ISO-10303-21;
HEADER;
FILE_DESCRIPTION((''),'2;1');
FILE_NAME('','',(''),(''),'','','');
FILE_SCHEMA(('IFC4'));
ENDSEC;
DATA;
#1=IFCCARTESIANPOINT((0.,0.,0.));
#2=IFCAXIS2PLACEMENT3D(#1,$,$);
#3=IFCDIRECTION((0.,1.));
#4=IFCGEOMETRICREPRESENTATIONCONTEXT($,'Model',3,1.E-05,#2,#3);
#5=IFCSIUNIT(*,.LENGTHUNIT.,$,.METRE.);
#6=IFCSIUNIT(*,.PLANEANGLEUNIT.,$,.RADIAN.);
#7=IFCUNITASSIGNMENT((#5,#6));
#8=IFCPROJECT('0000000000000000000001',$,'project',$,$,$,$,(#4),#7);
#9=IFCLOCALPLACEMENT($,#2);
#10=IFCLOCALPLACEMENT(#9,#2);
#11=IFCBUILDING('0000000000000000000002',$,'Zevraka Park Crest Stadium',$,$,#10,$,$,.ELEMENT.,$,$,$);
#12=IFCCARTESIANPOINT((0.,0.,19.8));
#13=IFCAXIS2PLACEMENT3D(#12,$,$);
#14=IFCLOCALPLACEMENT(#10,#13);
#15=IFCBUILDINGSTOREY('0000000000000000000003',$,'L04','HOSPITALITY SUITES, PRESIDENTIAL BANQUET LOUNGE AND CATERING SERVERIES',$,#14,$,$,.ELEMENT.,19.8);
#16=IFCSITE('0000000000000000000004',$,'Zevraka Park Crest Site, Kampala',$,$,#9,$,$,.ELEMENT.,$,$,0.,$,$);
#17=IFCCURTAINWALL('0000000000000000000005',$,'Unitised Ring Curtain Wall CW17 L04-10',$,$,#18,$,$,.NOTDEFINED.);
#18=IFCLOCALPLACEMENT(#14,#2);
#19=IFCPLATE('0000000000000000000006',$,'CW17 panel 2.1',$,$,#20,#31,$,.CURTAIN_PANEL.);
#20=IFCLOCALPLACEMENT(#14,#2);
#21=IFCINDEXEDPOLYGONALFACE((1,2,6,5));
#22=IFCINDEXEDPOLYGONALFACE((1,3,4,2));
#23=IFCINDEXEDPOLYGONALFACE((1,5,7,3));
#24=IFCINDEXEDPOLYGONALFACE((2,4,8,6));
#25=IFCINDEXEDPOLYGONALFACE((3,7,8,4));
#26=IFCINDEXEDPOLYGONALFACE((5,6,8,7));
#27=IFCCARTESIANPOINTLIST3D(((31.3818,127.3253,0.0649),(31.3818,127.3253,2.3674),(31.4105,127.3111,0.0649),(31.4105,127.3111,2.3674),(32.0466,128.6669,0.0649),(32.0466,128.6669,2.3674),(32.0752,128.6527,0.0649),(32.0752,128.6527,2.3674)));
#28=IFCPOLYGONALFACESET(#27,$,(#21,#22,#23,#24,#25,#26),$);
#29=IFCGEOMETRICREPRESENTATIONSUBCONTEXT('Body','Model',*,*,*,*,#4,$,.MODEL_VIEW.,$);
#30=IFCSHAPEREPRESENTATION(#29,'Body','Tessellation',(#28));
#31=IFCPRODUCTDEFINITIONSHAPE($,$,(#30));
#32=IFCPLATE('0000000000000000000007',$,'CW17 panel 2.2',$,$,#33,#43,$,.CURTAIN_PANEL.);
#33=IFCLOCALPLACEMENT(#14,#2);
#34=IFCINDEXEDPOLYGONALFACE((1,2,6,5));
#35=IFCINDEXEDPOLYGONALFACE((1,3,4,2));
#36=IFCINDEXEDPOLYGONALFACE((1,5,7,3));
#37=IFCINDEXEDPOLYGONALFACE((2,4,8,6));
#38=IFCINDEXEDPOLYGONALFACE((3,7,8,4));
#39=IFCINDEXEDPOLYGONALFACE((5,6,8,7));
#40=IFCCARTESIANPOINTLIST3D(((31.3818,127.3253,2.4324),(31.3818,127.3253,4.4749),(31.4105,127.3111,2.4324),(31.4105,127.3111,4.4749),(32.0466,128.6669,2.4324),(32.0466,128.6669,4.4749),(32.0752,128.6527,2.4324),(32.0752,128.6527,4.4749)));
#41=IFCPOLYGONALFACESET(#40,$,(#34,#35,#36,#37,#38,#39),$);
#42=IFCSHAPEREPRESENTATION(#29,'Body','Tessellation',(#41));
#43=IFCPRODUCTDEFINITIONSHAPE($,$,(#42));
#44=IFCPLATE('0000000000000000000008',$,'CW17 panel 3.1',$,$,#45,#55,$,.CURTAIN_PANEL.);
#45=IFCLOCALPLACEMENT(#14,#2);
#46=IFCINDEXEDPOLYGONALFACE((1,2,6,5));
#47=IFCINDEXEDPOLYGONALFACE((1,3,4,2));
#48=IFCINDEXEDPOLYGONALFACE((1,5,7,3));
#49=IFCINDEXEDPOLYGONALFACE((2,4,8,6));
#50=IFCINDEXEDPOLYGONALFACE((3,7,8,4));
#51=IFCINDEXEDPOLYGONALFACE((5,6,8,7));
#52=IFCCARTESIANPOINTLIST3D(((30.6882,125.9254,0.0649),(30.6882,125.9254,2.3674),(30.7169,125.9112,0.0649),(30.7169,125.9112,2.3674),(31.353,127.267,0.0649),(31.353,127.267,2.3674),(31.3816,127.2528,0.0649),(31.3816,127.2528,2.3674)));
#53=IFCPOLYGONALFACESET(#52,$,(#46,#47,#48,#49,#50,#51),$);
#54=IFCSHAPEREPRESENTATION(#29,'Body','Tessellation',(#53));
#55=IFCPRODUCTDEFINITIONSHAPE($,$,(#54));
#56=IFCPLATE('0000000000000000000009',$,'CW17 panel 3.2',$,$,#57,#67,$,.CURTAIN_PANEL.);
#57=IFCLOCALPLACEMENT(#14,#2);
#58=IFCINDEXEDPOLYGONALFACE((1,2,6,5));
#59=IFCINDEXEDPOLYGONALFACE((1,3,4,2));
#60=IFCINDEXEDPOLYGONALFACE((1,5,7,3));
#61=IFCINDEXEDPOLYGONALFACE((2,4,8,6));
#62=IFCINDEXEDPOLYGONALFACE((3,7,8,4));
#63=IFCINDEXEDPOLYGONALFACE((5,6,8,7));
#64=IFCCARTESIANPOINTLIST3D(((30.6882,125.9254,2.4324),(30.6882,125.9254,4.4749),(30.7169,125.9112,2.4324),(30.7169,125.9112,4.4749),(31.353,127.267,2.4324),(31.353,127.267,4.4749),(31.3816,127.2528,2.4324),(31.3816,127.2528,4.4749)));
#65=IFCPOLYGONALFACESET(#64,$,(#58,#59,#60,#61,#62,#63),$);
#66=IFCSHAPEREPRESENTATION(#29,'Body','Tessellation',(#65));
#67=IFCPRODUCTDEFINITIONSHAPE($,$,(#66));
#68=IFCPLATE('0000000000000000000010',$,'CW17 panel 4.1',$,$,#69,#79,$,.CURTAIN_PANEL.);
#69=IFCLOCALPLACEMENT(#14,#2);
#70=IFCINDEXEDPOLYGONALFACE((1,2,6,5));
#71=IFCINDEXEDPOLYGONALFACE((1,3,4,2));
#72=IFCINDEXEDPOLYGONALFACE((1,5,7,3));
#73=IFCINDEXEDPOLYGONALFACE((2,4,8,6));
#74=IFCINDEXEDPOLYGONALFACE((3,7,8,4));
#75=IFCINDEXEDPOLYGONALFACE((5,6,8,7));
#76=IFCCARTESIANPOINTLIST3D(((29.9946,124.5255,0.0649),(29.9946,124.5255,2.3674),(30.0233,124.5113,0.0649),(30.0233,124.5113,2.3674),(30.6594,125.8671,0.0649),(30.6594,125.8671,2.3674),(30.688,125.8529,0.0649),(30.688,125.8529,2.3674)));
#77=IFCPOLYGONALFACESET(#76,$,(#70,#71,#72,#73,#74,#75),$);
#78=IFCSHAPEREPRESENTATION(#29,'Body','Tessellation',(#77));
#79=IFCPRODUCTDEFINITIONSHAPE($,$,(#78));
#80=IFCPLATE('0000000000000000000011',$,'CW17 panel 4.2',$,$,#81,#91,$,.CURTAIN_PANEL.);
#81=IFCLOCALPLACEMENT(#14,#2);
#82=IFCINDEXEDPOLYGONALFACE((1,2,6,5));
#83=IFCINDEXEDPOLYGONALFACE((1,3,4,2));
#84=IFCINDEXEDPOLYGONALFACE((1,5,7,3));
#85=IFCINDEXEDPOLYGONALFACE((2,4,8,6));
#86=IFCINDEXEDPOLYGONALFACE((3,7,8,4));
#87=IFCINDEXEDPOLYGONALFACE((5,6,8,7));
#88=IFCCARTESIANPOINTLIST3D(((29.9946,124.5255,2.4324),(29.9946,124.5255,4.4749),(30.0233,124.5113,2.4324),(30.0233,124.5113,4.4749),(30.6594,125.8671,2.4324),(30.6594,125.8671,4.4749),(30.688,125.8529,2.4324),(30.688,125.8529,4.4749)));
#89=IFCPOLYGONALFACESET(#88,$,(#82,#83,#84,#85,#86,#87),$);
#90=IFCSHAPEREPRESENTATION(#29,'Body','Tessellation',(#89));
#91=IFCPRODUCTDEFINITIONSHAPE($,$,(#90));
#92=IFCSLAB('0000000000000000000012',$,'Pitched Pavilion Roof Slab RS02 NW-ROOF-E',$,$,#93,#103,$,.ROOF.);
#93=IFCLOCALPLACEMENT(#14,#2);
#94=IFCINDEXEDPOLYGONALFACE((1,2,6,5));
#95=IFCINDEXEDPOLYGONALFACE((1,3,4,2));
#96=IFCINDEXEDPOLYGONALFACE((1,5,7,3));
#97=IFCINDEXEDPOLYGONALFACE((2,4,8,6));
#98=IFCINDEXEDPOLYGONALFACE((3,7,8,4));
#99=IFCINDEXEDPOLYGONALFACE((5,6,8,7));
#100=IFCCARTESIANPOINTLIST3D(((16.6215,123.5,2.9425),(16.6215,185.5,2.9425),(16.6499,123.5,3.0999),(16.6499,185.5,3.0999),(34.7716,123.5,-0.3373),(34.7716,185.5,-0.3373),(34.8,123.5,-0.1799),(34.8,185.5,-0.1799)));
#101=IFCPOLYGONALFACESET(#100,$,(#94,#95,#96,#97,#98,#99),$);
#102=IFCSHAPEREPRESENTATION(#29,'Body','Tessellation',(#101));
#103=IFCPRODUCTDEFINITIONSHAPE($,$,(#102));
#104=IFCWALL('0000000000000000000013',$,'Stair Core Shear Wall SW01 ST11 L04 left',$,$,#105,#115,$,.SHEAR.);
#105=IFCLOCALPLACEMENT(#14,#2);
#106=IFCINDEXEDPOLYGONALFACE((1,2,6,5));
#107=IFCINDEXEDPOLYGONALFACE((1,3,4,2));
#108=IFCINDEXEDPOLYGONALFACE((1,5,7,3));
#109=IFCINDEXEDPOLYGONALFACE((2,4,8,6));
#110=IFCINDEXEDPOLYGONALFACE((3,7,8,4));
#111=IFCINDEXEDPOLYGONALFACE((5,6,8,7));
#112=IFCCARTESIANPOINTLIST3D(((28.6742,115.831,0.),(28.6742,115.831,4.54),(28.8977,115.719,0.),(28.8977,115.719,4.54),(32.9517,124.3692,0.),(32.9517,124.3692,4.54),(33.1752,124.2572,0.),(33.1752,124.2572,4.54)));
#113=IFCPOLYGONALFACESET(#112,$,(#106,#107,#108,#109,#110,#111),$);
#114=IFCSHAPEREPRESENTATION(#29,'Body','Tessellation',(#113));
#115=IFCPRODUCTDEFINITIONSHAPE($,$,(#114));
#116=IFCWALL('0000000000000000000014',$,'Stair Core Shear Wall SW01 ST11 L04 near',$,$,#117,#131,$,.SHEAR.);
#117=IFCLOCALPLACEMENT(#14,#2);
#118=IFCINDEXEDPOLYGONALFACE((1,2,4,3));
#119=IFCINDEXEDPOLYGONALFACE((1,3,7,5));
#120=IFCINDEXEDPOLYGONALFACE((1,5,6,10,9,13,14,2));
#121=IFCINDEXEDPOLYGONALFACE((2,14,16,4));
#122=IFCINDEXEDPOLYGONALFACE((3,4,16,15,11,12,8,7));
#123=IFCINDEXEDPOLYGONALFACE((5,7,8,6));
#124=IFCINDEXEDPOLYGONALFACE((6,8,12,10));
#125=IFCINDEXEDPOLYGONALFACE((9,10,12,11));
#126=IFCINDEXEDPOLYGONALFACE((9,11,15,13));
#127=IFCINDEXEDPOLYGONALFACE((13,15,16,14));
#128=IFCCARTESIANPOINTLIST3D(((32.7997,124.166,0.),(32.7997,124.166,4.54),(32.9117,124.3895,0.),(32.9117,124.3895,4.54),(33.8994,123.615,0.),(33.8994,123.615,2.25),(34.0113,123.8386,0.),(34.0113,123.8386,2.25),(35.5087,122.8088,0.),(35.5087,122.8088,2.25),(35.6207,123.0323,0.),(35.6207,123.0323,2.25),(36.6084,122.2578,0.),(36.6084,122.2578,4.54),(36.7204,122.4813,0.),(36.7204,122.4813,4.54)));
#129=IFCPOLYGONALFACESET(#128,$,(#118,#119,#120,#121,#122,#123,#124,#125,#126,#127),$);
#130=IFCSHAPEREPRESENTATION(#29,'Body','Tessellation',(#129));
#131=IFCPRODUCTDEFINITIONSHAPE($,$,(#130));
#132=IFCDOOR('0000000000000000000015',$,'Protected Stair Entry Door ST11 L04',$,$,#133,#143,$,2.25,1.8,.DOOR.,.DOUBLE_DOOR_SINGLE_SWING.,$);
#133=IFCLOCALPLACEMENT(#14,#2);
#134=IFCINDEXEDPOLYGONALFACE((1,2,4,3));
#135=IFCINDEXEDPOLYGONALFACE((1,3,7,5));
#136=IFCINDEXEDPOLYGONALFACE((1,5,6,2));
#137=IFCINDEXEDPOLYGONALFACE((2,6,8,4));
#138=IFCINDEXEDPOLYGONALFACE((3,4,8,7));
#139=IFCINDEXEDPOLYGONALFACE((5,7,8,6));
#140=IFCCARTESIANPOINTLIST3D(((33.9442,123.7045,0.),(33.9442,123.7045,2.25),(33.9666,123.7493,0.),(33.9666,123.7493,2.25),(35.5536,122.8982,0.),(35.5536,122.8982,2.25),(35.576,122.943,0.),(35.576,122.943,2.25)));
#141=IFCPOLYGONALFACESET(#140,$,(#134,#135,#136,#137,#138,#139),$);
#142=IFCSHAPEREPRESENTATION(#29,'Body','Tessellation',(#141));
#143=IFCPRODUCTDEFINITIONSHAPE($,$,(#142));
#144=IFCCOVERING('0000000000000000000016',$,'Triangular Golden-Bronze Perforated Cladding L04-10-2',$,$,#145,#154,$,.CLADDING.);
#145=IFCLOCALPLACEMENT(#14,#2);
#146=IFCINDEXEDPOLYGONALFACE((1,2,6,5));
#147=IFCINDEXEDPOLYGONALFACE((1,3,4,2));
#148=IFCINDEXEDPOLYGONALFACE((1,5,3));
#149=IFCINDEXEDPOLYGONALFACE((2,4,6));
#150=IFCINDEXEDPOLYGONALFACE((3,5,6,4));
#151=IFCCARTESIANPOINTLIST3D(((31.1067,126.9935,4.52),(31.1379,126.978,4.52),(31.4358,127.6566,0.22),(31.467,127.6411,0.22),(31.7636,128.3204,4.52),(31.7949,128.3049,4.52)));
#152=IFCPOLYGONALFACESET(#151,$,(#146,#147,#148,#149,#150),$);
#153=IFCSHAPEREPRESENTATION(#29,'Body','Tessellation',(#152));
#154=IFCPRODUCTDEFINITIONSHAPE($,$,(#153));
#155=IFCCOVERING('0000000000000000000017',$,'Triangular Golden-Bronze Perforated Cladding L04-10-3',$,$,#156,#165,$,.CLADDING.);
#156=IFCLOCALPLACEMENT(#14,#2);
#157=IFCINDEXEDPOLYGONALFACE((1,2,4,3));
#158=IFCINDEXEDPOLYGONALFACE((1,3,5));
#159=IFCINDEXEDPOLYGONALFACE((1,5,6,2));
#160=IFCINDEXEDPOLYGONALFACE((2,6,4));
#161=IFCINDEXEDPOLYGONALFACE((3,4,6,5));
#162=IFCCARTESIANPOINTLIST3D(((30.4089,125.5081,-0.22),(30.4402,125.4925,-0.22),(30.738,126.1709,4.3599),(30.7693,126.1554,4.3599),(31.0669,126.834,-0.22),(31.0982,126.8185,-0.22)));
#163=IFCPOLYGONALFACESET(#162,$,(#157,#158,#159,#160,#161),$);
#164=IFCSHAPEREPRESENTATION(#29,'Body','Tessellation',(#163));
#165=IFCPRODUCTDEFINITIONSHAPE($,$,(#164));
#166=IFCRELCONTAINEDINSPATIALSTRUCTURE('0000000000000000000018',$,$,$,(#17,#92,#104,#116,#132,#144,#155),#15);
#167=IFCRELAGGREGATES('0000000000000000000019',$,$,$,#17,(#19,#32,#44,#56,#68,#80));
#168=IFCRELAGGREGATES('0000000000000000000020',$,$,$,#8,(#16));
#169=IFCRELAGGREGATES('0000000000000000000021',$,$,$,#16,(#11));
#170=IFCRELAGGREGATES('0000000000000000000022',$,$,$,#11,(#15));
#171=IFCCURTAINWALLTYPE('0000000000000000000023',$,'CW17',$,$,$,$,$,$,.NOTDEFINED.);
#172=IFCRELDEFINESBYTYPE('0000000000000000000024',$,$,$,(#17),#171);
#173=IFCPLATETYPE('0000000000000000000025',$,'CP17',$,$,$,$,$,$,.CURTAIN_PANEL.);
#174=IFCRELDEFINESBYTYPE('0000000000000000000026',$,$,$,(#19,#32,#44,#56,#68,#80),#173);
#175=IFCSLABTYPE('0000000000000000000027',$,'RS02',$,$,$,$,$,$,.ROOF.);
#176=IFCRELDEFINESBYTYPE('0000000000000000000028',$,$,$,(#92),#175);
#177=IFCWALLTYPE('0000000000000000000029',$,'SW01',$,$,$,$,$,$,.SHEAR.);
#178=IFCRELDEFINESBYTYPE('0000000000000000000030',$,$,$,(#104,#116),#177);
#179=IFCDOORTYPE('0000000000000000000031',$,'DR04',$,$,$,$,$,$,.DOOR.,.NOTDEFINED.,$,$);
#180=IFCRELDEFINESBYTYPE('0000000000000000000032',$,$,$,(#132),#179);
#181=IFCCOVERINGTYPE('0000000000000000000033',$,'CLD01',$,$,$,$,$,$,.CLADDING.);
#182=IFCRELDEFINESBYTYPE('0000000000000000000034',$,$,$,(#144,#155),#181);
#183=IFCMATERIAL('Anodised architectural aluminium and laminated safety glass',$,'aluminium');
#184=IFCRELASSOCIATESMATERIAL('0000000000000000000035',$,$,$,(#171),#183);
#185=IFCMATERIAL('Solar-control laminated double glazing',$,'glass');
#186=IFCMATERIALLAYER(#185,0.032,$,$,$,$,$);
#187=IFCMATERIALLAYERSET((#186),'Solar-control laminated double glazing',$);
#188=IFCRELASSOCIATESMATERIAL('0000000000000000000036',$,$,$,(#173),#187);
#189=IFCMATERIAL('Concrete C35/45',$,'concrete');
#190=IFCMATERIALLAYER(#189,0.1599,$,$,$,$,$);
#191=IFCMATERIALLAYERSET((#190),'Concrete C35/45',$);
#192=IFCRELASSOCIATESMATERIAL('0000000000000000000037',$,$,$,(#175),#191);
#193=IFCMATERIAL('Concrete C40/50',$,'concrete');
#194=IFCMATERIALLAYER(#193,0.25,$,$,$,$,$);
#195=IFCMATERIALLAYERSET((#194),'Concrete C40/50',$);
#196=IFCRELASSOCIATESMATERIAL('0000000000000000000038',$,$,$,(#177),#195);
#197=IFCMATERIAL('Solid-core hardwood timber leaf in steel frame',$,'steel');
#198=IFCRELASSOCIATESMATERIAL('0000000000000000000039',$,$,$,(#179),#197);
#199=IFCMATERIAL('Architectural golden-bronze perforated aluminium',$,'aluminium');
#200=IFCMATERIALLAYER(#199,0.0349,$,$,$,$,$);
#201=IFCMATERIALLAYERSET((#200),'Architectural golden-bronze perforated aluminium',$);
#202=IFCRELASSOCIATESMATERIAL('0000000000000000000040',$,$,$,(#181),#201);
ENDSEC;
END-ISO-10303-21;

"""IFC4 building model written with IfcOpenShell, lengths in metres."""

from ifc_helpers import new_model, si_unit, direction, frame, frame_2d, origin, origin_2d, place, context, subcontext, project, spatial, polyline, rectangle, outline, extrude, material, layer, layer_set, type_object, element, fill, aggregate, save


model = new_model("IFC4")

# Units and contexts
model_context = context("Model", 3, precision=1e-05, world=origin(), true_north=direction((0.0, 1.0)))
body_context = subcontext(model_context, "Body", "Model", "MODEL_VIEW")
ifc_project = project(units=[si_unit("LENGTHUNIT", "METRE"), si_unit("PLANEANGLEUNIT", "RADIAN")], contexts=[model_context])

# Site, building, storey
site_placement = place(None, origin())
site = spatial("IfcSite", under=ifc_project, at=site_placement, Name="Zevraka Park Crest Site, Kampala", CompositionType="ELEMENT", RefElevation=0.0)
building_placement = place(site_placement, origin())
building = spatial("IfcBuilding", under=site, at=building_placement, Name="Zevraka Park Crest Stadium", CompositionType="ELEMENT")
storey_placement = place(building_placement, frame((0.0, 0.0, 19.8)))
storey = spatial("IfcBuildingStorey", under=building, at=storey_placement, Name="L04", Description="HOSPITALITY SUITES, PRESIDENTIAL BANQUET LOUNGE AND CATERING SERVERIES", CompositionType="ELEMENT", Elevation=19.8)

# Curtain wall
ifc_material_1 = material(Name="Anodised architectural aluminium and laminated safety glass", Category="aluminium")
curtain_wall_type = type_object("IfcCurtainWallType", Name="CW17", PredefinedType="NOTDEFINED", material=ifc_material_1)
curtain_wall_placement = place(storey_placement, origin())
curtain_wall = element("IfcCurtainWall", 1, at=curtain_wall_placement, inside=storey, type_object=curtain_wall_type, Name="Unitised Ring Curtain Wall CW17 L04-10", PredefinedType="NOTDEFINED")

# Plates
ifc_material_2 = material(Name="Solar-control laminated double glazing", Category="glass")
ifc_layer_1 = layer(ifc_material_2, 0.032)
ifc_layer_set_1 = layer_set([ifc_layer_1], Name="Solar-control laminated double glazing")
plate_type = type_object("IfcPlateType", Name="CP17", PredefinedType="CURTAIN_PANEL", material=ifc_layer_set_1)
plate_1_placement = place(storey_placement, frame((31.7285, 127.989, 0.0649), z_axis=(0.0, 0.0, 1.0), x_axis=(-0.443961, -0.896046, 0.0)))
plate_1 = element("IfcPlate", 2, at=plate_1_placement, type_object=plate_type, Name="CW17 panel 2.1", PredefinedType="CURTAIN_PANEL", context=body_context, shape_type="SweptSolid", body=[
    extrude(rectangle(XDim=1.4973, YDim=0.032, at=origin_2d()), origin(), (0.0, 0.0, 1.0), 2.3025),
])
plate_2_placement = place(storey_placement, frame((31.7285, 127.989, 2.4324), z_axis=(0.0, 0.0, 1.0), x_axis=(-0.443961, -0.896046, 0.0)))
plate_2 = element("IfcPlate", 3, at=plate_2_placement, type_object=plate_type, Name="CW17 panel 2.2", PredefinedType="CURTAIN_PANEL", context=body_context, shape_type="SweptSolid", body=[
    extrude(rectangle(XDim=1.4973, YDim=0.032, at=origin_2d()), origin(), (0.0, 0.0, 1.0), 2.0425),
])
plate_3_placement = place(storey_placement, frame((31.0349, 126.5891, 0.0649), z_axis=(0.0, 0.0, 1.0), x_axis=(-0.443961, -0.896046, 0.0)))
plate_3 = element("IfcPlate", 4, at=plate_3_placement, type_object=plate_type, Name="CW17 panel 3.1", PredefinedType="CURTAIN_PANEL", context=body_context, shape_type="SweptSolid", body=[
    extrude(rectangle(XDim=1.4973, YDim=0.032, at=origin_2d()), origin(), (0.0, 0.0, 1.0), 2.3025),
])
plate_4_placement = place(storey_placement, frame((31.0349, 126.5891, 2.4324), z_axis=(0.0, 0.0, 1.0), x_axis=(-0.443961, -0.896046, 0.0)))
plate_4 = element("IfcPlate", 5, at=plate_4_placement, type_object=plate_type, Name="CW17 panel 3.2", PredefinedType="CURTAIN_PANEL", context=body_context, shape_type="SweptSolid", body=[
    extrude(rectangle(XDim=1.4973, YDim=0.032, at=origin_2d()), origin(), (0.0, 0.0, 1.0), 2.0425),
])
plate_5_placement = place(storey_placement, frame((30.3413, 125.1892, 0.0649), z_axis=(0.0, 0.0, 1.0), x_axis=(-0.443961, -0.896046, 0.0)))
plate_5 = element("IfcPlate", 6, at=plate_5_placement, type_object=plate_type, Name="CW17 panel 4.1", PredefinedType="CURTAIN_PANEL", context=body_context, shape_type="SweptSolid", body=[
    extrude(rectangle(XDim=1.4973, YDim=0.032, at=origin_2d()), origin(), (0.0, 0.0, 1.0), 2.3025),
])
plate_6_placement = place(storey_placement, frame((30.3413, 125.1892, 2.4324), z_axis=(0.0, 0.0, 1.0), x_axis=(-0.443961, -0.896046, 0.0)))
plate_6 = element("IfcPlate", 7, at=plate_6_placement, type_object=plate_type, Name="CW17 panel 4.2", PredefinedType="CURTAIN_PANEL", context=body_context, shape_type="SweptSolid", body=[
    extrude(rectangle(XDim=1.4973, YDim=0.032, at=origin_2d()), origin(), (0.0, 0.0, 1.0), 2.0425),
])
aggregate(curtain_wall, [plate_1, plate_2, plate_3, plate_4, plate_5, plate_6])

# Slab
ifc_material_3 = material(Name="Concrete C35/45", Category="concrete")
ifc_layer_2 = layer(ifc_material_3, 0.1599)
ifc_layer_set_2 = layer_set([ifc_layer_2], Name="Concrete C35/45")
slab_type = type_object("IfcSlabType", Name="RS02", PredefinedType="ROOF", material=ifc_layer_set_2)
slab_placement = place(storey_placement, frame((34.8, 123.5, -0.1799), z_axis=(0.177823, 0.0, 0.984062), x_axis=(0.0, 1.0, 0.0)))
element("IfcSlab", 8, at=slab_placement, inside=storey, type_object=slab_type, Name="Pitched Pavilion Roof Slab RS02 NW-ROOF-E", PredefinedType="ROOF", context=body_context, shape_type="SweptSolid", body=[
    extrude(outline(polyline([(0.0, 0.0), (62.0, 0.0), (62.0, 18.4441), (0.0, 18.4441), (0.0, 0.0)])), origin(), (0.0, 0.0, -1.0), 0.1599),
])

# Wall
ifc_material_4 = material(Name="Concrete C40/50", Category="concrete")
ifc_layer_3 = layer(ifc_material_4, 0.25)
ifc_layer_set_3 = layer_set([ifc_layer_3], Name="Concrete C40/50")
wall_type = type_object("IfcWallType", Name="SW01", PredefinedType="SHEAR", material=ifc_layer_set_3)
wall_1_placement = place(storey_placement, frame((33.0635, 124.3132, 0.0), z_axis=(0.0, 0.0, 1.0), x_axis=(-0.447919, -0.894074, 0.0)))
element("IfcWall", 9, at=wall_1_placement, inside=storey, type_object=wall_type, Name="Stair Core Shear Wall SW01 ST11 L04 left", PredefinedType="SHEAR", context=body_context, shape_type="SweptSolid", body=[
    extrude(rectangle(XDim=9.5498, YDim=0.25, at=frame_2d((4.7749, 0.0))), origin(), (0.0, 0.0, 1.0), 4.54),
])

# Wall, opening, door
wall_2_placement = place(storey_placement, frame((36.6643, 122.3696, 0.0), z_axis=(0.0, 0.0, 1.0), x_axis=(-0.894072, 0.447924, 0.0)))
wall_2 = element("IfcWall", 10, at=wall_2_placement, inside=storey, type_object=wall_type, Name="Stair Core Shear Wall SW01 ST11 L04 near", PredefinedType="SHEAR", context=body_context, shape_type="SweptSolid", body=[
    extrude(rectangle(XDim=4.26, YDim=0.25, at=frame_2d((2.1299, 0.0))), origin(), (0.0, 0.0, 1.0), 4.54),
])
opening_placement = place(wall_2_placement, frame((1.23, 0.0, 0.0)))
opening = element("IfcOpeningElement", 11, at=opening_placement, cuts=wall_2, PredefinedType="OPENING", context=body_context, shape_type="SweptSolid", body=[
    extrude(rectangle(XDim=1.8, YDim=2.25, at=frame_2d((0.8999, 1.125))), frame((0.0, 0.135, 0.0), z_axis=(0.0, -1.0, 0.0), x_axis=(1.0, 0.0, 0.0)), (0.0, 0.0, 1.0), 0.27),
])
ifc_material_5 = material(Name="Solid-core hardwood timber leaf in steel frame", Category="steel")
door_type = type_object("IfcDoorType", Name="DR04", OperationType="NOTDEFINED", PredefinedType="DOOR", material=ifc_material_5)
door_placement = place(opening_placement, origin())
door = element("IfcDoor", 12, at=door_placement, inside=storey, type_object=door_type, Name="Protected Stair Entry Door ST11 L04", OperationType="DOUBLE_DOOR_SINGLE_SWING", OverallHeight=2.25, OverallWidth=1.8, PredefinedType="DOOR", context=body_context, shape_type="SweptSolid", body=[
    extrude(rectangle(XDim=1.8, YDim=2.25, at=frame_2d((0.8999, 1.125))), frame((0.0, 0.0249, 0.0), z_axis=(0.0, -1.0, 0.0), x_axis=(1.0, 0.0, 0.0)), (0.0, 0.0, 1.0), 0.05),
])
fill(opening, door)

# Coverings
ifc_material_6 = material(Name="Architectural golden-bronze perforated aluminium", Category="aluminium")
ifc_layer_4 = layer(ifc_material_6, 0.0349)
ifc_layer_set_4 = layer_set([ifc_layer_4], Name="Architectural golden-bronze perforated aluminium")
covering_type_1 = type_object("IfcCoveringType", Name="CLD01", PredefinedType="CLADDING", material=ifc_layer_set_4)
covering_1_placement = place(storey_placement, frame((31.1379, 126.978, 4.52), z_axis=(0.896168, -0.443715, 0.000165), x_axis=(0.443715, 0.896168, 0.0)))
element("IfcCovering", 13, at=covering_1_placement, inside=storey, type_object=covering_type_1, Name="Triangular Golden-Bronze Perforated Cladding L04-10-2", PredefinedType="CLADDING", context=body_context, shape_type="SweptSolid", body=[
    extrude(outline(polyline([(0.0, 0.0), (1.4806, 0.0), (0.7403, -4.3), (0.0, 0.0)])), origin(), (0.0, 0.0, -1.0), 0.0349),
])
covering_2_placement = place(storey_placement, frame((31.0669, 126.834, -0.22), z_axis=(-0.895776, 0.444507, 0.000036), x_axis=(-0.444507, -0.895776, 0.0)))
element("IfcCovering", 14, at=covering_2_placement, inside=storey, type_object=covering_type_1, Name="Triangular Golden-Bronze Perforated Cladding L04-10-3", PredefinedType="CLADDING", context=body_context, shape_type="SweptSolid", body=[
    extrude(outline(polyline([(0.0, 0.0), (1.4802, 0.0), (0.7402, 4.5798), (0.0, 0.0)])), origin(), (0.0, 0.0, -1.0), 0.0349),
])

save(model, "model.ifc")
